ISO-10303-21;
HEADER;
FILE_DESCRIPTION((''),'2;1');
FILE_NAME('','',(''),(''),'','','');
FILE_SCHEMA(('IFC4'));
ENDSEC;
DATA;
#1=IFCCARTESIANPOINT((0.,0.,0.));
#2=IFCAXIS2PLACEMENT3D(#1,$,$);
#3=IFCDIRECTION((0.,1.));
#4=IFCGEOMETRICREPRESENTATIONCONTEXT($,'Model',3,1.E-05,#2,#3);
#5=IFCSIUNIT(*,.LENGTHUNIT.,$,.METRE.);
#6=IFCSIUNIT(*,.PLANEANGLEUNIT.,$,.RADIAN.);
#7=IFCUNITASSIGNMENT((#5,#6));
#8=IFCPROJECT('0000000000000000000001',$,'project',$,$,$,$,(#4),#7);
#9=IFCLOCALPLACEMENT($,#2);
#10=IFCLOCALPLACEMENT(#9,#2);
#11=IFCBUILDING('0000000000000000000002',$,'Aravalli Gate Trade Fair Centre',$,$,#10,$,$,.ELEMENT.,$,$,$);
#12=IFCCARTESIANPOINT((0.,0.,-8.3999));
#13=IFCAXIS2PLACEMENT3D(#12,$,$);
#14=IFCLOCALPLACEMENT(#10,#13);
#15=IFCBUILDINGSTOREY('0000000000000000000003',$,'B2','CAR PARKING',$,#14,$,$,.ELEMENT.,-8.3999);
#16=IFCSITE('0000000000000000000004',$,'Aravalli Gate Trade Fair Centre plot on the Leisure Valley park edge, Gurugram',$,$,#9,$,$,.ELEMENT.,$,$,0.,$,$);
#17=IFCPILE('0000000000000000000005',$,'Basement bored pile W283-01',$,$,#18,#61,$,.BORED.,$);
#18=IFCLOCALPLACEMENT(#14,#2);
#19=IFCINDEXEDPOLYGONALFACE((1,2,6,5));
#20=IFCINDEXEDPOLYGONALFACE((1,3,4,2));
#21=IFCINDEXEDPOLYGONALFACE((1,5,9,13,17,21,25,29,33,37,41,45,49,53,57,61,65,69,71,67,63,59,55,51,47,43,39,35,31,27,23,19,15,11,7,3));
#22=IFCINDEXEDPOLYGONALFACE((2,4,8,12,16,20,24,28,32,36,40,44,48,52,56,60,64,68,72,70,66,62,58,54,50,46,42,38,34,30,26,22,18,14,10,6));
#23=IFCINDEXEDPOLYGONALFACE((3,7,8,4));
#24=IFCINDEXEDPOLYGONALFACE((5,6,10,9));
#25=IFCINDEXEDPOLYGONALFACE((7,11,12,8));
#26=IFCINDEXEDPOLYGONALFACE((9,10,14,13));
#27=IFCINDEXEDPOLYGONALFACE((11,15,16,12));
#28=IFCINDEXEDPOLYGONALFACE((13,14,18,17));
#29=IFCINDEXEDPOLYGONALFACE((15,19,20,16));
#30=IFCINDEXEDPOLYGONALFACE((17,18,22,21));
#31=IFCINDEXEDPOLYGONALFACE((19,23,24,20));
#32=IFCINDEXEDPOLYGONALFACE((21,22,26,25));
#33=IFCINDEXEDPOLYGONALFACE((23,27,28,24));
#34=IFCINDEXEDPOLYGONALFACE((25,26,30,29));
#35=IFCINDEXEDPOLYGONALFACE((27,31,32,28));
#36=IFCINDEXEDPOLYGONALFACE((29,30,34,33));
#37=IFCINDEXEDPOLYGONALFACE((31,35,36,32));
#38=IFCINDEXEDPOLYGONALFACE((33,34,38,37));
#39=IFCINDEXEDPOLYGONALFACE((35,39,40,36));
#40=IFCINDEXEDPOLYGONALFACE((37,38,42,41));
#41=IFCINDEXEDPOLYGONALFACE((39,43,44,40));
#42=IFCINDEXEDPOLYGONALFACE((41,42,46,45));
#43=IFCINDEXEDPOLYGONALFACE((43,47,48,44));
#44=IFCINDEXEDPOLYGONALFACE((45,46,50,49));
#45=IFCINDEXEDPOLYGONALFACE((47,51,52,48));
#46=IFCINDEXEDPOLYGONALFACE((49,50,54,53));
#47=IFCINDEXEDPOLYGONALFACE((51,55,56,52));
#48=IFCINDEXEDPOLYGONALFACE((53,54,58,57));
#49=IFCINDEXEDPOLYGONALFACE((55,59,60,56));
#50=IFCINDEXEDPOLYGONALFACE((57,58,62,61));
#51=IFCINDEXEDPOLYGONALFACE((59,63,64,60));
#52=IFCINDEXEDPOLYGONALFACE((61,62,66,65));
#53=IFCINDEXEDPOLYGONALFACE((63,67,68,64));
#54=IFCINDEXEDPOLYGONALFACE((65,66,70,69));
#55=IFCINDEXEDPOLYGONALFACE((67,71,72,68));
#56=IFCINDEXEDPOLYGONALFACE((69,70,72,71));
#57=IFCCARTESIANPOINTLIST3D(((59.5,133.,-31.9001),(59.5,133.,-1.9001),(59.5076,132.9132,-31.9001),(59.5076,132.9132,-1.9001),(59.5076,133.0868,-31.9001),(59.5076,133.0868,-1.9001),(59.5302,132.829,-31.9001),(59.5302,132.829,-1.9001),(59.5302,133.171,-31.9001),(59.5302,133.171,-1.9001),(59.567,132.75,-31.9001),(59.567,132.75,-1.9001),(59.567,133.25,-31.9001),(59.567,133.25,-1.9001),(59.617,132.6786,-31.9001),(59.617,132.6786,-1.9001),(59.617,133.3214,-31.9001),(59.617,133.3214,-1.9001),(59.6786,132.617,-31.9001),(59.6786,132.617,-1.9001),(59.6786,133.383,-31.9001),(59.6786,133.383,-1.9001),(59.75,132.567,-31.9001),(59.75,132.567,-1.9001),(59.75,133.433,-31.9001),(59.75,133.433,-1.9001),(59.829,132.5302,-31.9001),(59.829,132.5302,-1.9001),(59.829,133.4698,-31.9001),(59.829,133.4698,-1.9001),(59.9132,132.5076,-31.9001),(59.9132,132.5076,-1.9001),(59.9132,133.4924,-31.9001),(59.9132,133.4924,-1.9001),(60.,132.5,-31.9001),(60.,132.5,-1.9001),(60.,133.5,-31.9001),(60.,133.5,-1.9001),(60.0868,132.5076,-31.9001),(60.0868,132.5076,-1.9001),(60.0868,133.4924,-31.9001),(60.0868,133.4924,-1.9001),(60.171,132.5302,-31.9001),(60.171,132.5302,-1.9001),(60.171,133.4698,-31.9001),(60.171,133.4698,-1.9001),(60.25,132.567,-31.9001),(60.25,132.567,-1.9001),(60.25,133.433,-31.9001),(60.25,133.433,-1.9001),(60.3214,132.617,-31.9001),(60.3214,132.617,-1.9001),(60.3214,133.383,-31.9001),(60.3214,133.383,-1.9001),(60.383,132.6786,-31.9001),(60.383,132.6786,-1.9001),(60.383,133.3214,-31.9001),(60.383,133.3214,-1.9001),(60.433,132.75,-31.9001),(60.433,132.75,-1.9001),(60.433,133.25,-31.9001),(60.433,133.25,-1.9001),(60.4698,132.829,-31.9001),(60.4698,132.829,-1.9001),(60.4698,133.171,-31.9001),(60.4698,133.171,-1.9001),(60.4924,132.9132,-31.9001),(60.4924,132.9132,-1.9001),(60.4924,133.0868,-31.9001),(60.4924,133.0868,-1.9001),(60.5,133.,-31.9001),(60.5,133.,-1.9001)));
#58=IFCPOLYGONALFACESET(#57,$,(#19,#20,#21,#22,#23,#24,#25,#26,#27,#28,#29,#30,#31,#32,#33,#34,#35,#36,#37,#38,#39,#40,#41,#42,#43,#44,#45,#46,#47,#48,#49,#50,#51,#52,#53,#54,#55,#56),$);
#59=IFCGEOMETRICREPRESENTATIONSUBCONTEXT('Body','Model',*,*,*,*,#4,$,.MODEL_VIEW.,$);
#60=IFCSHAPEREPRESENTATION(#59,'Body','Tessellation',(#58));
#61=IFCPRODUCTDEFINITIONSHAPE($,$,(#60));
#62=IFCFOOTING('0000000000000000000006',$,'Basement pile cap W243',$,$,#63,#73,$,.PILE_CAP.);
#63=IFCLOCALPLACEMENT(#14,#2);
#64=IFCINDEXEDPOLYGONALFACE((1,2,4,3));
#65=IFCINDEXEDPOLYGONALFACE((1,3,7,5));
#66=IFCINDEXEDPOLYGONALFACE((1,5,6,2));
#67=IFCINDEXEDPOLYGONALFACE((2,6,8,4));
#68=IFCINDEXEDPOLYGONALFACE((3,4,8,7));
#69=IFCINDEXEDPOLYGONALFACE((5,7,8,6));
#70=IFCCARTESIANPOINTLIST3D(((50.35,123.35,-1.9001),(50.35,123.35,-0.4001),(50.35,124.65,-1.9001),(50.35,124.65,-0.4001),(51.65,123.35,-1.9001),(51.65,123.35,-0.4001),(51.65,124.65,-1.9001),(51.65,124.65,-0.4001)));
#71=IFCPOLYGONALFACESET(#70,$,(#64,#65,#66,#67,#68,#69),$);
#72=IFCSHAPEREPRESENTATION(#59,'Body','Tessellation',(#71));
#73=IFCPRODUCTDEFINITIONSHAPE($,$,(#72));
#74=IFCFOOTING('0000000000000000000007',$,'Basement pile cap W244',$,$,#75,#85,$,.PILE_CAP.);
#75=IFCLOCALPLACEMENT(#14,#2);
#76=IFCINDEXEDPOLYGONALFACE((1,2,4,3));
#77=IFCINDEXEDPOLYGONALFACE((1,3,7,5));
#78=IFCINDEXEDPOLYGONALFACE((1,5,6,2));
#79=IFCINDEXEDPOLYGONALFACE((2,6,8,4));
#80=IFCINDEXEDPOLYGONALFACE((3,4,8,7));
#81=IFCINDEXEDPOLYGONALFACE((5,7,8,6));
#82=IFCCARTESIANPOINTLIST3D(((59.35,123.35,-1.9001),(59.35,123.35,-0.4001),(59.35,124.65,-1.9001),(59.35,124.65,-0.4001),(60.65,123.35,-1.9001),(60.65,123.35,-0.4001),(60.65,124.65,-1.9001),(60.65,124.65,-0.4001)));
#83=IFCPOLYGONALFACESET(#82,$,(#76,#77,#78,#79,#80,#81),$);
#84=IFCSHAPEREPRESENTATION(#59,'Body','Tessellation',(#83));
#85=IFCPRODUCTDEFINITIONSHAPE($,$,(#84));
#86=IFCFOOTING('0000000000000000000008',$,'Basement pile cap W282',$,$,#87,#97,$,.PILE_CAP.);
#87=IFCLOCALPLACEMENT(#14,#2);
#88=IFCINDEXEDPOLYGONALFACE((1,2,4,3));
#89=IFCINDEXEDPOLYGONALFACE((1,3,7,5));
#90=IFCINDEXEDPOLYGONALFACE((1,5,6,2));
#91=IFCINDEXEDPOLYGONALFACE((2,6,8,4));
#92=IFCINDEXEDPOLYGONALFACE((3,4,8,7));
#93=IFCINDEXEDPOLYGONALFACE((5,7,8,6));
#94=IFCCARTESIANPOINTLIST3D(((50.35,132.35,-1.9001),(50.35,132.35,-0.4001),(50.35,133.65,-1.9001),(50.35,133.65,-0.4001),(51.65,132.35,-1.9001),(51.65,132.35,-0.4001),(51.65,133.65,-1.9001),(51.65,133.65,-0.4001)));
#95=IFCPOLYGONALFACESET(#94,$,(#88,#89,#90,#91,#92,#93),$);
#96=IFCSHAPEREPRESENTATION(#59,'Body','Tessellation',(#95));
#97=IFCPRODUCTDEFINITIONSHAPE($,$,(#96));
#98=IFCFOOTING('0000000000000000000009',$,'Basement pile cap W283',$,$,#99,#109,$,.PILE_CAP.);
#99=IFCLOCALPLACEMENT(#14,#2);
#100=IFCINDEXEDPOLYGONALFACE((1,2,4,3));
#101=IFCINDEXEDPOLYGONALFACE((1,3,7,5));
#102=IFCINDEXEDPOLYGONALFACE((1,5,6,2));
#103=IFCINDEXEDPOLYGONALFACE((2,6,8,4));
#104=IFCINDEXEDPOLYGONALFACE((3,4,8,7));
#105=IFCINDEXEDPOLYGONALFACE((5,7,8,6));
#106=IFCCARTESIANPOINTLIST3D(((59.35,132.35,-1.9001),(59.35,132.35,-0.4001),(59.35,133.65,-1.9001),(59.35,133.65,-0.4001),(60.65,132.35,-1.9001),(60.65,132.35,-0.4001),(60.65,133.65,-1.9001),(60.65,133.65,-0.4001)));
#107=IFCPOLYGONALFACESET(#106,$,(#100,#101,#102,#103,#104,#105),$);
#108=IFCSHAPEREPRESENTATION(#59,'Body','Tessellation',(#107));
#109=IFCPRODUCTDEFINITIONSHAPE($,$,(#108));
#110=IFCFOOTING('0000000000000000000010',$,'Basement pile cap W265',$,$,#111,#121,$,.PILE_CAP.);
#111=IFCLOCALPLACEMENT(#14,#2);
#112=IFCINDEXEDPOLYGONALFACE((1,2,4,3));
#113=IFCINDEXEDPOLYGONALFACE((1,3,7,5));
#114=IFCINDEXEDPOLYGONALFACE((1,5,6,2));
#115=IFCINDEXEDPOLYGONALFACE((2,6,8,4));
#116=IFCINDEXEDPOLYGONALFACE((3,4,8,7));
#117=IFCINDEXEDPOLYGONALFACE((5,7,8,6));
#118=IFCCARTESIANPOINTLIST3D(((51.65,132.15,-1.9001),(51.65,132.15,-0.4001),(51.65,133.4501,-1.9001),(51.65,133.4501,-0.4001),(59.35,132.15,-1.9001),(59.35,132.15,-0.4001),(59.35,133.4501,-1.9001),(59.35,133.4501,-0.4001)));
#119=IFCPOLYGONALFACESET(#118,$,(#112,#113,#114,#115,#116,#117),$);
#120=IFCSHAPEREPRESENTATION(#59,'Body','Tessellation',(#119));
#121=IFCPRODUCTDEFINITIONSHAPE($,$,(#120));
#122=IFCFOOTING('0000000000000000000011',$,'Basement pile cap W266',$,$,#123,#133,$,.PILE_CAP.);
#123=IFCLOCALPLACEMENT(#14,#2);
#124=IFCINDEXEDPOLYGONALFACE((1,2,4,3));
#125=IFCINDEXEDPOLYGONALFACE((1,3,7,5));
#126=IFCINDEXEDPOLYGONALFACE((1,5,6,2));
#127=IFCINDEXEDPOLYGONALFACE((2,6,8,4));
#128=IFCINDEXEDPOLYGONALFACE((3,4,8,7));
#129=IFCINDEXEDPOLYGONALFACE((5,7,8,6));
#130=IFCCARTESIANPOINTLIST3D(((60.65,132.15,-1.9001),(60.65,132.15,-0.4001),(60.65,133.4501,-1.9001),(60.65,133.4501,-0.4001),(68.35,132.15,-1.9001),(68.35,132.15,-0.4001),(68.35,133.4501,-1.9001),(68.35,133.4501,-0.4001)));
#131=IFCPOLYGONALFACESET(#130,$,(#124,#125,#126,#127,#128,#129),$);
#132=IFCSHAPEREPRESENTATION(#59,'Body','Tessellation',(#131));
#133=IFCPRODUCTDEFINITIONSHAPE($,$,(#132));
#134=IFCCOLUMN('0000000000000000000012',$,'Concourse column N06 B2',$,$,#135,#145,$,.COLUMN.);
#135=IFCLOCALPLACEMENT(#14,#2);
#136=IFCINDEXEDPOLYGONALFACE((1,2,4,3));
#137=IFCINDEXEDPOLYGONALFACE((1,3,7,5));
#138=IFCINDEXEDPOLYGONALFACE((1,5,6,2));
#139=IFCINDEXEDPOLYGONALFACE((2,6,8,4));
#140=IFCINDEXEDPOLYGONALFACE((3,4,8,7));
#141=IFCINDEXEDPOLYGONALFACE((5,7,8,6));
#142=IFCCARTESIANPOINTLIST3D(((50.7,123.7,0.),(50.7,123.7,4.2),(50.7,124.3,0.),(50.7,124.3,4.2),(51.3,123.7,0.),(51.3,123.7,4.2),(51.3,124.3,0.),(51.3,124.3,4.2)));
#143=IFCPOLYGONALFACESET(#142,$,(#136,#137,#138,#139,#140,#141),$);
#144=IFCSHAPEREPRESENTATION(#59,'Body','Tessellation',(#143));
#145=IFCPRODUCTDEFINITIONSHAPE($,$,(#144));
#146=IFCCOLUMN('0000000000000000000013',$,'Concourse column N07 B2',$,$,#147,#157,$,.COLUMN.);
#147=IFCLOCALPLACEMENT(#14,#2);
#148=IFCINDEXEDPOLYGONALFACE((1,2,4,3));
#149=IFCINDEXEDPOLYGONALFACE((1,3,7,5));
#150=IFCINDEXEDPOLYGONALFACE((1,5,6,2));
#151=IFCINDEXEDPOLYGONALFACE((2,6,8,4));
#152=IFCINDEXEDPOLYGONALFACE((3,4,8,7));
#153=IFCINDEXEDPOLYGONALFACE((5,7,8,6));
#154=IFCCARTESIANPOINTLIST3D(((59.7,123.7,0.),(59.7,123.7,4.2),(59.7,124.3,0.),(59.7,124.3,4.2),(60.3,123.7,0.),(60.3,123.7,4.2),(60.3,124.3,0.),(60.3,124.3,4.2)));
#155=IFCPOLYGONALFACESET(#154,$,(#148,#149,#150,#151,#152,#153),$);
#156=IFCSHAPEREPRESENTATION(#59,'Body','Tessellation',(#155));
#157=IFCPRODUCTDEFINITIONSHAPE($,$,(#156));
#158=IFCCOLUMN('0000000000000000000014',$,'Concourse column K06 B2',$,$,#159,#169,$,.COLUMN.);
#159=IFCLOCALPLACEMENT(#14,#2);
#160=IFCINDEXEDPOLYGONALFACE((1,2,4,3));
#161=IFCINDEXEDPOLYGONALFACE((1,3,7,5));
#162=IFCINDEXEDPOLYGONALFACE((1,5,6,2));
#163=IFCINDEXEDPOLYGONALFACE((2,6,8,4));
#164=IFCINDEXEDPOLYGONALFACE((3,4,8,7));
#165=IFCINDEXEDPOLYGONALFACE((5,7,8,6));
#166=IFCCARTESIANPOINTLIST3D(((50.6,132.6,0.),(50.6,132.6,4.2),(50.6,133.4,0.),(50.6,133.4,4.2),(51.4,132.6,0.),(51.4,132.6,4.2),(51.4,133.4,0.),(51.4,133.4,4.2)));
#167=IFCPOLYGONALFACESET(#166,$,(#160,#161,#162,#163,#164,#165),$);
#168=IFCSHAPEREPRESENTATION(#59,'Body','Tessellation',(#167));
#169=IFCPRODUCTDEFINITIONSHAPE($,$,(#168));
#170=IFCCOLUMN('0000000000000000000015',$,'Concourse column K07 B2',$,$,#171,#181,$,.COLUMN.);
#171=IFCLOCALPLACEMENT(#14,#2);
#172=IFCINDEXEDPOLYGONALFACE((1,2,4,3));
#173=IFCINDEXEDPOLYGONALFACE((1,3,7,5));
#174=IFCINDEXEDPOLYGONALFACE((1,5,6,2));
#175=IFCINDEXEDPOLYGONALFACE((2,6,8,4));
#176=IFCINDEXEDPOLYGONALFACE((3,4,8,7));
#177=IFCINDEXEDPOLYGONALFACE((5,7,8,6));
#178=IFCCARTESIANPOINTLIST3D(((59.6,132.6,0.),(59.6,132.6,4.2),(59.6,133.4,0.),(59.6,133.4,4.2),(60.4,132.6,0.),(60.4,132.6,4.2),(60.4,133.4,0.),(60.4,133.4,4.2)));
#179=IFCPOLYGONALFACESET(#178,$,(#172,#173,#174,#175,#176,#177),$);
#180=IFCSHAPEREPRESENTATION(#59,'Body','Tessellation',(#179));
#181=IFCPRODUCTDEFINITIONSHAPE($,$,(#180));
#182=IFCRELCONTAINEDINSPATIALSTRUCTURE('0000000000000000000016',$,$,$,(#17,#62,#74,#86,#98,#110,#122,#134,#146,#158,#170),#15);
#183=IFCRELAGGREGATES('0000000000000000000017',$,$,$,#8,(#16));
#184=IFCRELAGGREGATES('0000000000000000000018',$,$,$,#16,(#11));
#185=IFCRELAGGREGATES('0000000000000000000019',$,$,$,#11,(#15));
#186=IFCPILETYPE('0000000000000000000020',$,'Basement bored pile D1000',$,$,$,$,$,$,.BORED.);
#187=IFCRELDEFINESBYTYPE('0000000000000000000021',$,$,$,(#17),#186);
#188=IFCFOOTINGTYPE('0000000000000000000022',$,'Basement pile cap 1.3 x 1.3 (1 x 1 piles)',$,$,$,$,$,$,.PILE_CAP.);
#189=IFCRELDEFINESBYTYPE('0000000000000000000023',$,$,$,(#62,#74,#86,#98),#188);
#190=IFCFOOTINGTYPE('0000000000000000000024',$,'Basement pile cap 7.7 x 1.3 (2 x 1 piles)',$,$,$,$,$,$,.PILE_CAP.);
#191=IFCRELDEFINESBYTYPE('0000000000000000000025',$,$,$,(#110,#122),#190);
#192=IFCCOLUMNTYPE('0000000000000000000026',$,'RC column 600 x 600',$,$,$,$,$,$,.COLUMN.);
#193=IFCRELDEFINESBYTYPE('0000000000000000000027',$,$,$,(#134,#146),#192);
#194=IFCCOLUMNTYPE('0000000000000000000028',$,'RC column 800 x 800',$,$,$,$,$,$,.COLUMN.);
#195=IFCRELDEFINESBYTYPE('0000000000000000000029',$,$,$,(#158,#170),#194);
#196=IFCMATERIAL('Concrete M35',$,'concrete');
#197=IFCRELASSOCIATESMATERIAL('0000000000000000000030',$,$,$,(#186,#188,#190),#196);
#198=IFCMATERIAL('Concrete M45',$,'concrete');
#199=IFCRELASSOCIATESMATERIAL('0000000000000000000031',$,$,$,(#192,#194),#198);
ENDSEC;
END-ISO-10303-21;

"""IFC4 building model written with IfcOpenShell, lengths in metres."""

from ifc_helpers import new_model, si_unit, direction, frame, origin, origin_2d, place, context, subcontext, project, spatial, rectangle, circle, extrude, material, material_profile, profile_set, type_object, element, save


model = new_model("IFC4")

# Units and contexts
model_context = context("Model", 3, precision=1e-05, world=origin(), true_north=direction((0.0, 1.0)))
body_context = subcontext(model_context, "Body", "Model", "MODEL_VIEW")
ifc_project = project(units=[si_unit("LENGTHUNIT", "METRE"), si_unit("PLANEANGLEUNIT", "RADIAN")], contexts=[model_context])

# Site, building, storey
site_placement = place(None, origin())
site = spatial("IfcSite", under=ifc_project, at=site_placement, Name="Aravalli Gate Trade Fair Centre plot on the Leisure Valley park edge, Gurugram", CompositionType="ELEMENT", RefElevation=0.0)
building_placement = place(site_placement, origin())
building = spatial("IfcBuilding", under=site, at=building_placement, Name="Aravalli Gate Trade Fair Centre", CompositionType="ELEMENT")
storey_placement = place(building_placement, frame((0.0, 0.0, -8.3999)))
storey = spatial("IfcBuildingStorey", under=building, at=storey_placement, Name="B2", Description="CAR PARKING", CompositionType="ELEMENT", Elevation=-8.3999)

# Pile
ifc_material_1 = material(Name="Concrete M35", Category="concrete")
ifc_material_profile_1 = material_profile(ifc_material_1, circle(Radius=0.5, at=origin_2d()), Name="D1000")
ifc_profile_set_1 = profile_set([ifc_material_profile_1], Name="Concrete M35")
pile_type = type_object("IfcPileType", Name="Basement bored pile D1000", PredefinedType="BORED", material=ifc_profile_set_1)
for number, where, z_axis, x_axis, name in (
    (1, (60.0, 133.0, -1.9001), (0.0, 0.0, -1.0), (1.0, 0.0, 0.0), "Basement bored pile W283-01"),
):
    element("IfcPile", number, at=place(storey_placement, frame(where, z_axis=z_axis, x_axis=x_axis)), inside=storey, type_object=pile_type, Name=name, PredefinedType="BORED", context=body_context, shape_type="SweptSolid", body=[
        extrude(circle(Radius=0.5, at=origin_2d()), origin(), (0.0, 0.0, 1.0), 30.0),
    ])

# Footings
footing_type_1 = type_object("IfcFootingType", Name="Basement pile cap 1.3 x 1.3 (1 x 1 piles)", PredefinedType="PILE_CAP", material=ifc_material_1)
for number, where, z_axis, x_axis, name in (
    (2, (51.0, 124.0, -1.9001), (0.0, 0.0, 1.0), (1.0, 0.0, 0.0), "Basement pile cap W243"),
    (3, (60.0, 124.0, -1.9001), (0.0, 0.0, 1.0), (1.0, 0.0, 0.0), "Basement pile cap W244"),
    (4, (51.0, 133.0, -1.9001), (0.0, 0.0, 1.0), (1.0, 0.0, 0.0), "Basement pile cap W282"),
    (5, (60.0, 133.0, -1.9001), (0.0, 0.0, 1.0), (1.0, 0.0, 0.0), "Basement pile cap W283"),
):
    element("IfcFooting", number, at=place(storey_placement, frame(where, z_axis=z_axis, x_axis=x_axis)), inside=storey, type_object=footing_type_1, Name=name, PredefinedType="PILE_CAP", context=body_context, shape_type="SweptSolid", body=[
        extrude(rectangle(XDim=1.3, YDim=1.3, at=origin_2d()), origin(), (0.0, 0.0, 1.0), 1.5),
    ])
footing_type_2 = type_object("IfcFootingType", Name="Basement pile cap 7.7 x 1.3 (2 x 1 piles)", PredefinedType="PILE_CAP", material=ifc_material_1)
for number, where, z_axis, x_axis, name in (
    (6, (55.5, 132.8, -1.9001), (0.0, 0.0, 1.0), (1.0, 0.0, 0.0), "Basement pile cap W265"),
    (7, (64.5, 132.8, -1.9001), (0.0, 0.0, 1.0), (1.0, 0.0, 0.0), "Basement pile cap W266"),
):
    element("IfcFooting", number, at=place(storey_placement, frame(where, z_axis=z_axis, x_axis=x_axis)), inside=storey, type_object=footing_type_2, Name=name, PredefinedType="PILE_CAP", context=body_context, shape_type="SweptSolid", body=[
        extrude(rectangle(XDim=7.7, YDim=1.3, at=origin_2d()), origin(), (0.0, 0.0, 1.0), 1.5),
    ])

# Columns
ifc_material_2 = material(Name="Concrete M45", Category="concrete")
ifc_material_profile_2 = material_profile(ifc_material_2, rectangle(XDim=0.6001, YDim=0.6001, at=origin_2d()), Name="RC column 600 x 600")
ifc_profile_set_2 = profile_set([ifc_material_profile_2], Name="Concrete M45")
column_type_1 = type_object("IfcColumnType", Name="RC column 600 x 600", PredefinedType="COLUMN", material=ifc_profile_set_2)
for number, where, z_axis, x_axis, name in (
    (8, (51.0, 124.0, 0.0), (0.0, 0.0, 1.0), (1.0, 0.0, 0.0), "Concourse column N06 B2"),
    (9, (60.0, 124.0, 0.0), (0.0, 0.0, 1.0), (1.0, 0.0, 0.0), "Concourse column N07 B2"),
):
    element("IfcColumn", number, at=place(storey_placement, frame(where, z_axis=z_axis, x_axis=x_axis)), inside=storey, type_object=column_type_1, Name=name, PredefinedType="COLUMN", context=body_context, shape_type="SweptSolid", body=[
        extrude(rectangle(XDim=0.6001, YDim=0.6001, at=origin_2d()), origin(), (0.0, 0.0, 1.0), 4.2),
    ])
ifc_material_profile_3 = material_profile(ifc_material_2, rectangle(XDim=0.8, YDim=0.8, at=origin_2d()), Name="RC column 800 x 800")
ifc_profile_set_3 = profile_set([ifc_material_profile_3], Name="Concrete M45")
column_type_2 = type_object("IfcColumnType", Name="RC column 800 x 800", PredefinedType="COLUMN", material=ifc_profile_set_3)
for number, where, z_axis, x_axis, name in (
    (10, (51.0, 133.0, 0.0), (0.0, 0.0, 1.0), (1.0, 0.0, 0.0), "Concourse column K06 B2"),
    (11, (60.0, 133.0, 0.0), (0.0, 0.0, 1.0), (1.0, 0.0, 0.0), "Concourse column K07 B2"),
):
    element("IfcColumn", number, at=place(storey_placement, frame(where, z_axis=z_axis, x_axis=x_axis)), inside=storey, type_object=column_type_2, Name=name, PredefinedType="COLUMN", context=body_context, shape_type="SweptSolid", body=[
        extrude(rectangle(XDim=0.8, YDim=0.8, at=origin_2d()), origin(), (0.0, 0.0, 1.0), 4.2),
    ])

save(model, "model.ifc")
